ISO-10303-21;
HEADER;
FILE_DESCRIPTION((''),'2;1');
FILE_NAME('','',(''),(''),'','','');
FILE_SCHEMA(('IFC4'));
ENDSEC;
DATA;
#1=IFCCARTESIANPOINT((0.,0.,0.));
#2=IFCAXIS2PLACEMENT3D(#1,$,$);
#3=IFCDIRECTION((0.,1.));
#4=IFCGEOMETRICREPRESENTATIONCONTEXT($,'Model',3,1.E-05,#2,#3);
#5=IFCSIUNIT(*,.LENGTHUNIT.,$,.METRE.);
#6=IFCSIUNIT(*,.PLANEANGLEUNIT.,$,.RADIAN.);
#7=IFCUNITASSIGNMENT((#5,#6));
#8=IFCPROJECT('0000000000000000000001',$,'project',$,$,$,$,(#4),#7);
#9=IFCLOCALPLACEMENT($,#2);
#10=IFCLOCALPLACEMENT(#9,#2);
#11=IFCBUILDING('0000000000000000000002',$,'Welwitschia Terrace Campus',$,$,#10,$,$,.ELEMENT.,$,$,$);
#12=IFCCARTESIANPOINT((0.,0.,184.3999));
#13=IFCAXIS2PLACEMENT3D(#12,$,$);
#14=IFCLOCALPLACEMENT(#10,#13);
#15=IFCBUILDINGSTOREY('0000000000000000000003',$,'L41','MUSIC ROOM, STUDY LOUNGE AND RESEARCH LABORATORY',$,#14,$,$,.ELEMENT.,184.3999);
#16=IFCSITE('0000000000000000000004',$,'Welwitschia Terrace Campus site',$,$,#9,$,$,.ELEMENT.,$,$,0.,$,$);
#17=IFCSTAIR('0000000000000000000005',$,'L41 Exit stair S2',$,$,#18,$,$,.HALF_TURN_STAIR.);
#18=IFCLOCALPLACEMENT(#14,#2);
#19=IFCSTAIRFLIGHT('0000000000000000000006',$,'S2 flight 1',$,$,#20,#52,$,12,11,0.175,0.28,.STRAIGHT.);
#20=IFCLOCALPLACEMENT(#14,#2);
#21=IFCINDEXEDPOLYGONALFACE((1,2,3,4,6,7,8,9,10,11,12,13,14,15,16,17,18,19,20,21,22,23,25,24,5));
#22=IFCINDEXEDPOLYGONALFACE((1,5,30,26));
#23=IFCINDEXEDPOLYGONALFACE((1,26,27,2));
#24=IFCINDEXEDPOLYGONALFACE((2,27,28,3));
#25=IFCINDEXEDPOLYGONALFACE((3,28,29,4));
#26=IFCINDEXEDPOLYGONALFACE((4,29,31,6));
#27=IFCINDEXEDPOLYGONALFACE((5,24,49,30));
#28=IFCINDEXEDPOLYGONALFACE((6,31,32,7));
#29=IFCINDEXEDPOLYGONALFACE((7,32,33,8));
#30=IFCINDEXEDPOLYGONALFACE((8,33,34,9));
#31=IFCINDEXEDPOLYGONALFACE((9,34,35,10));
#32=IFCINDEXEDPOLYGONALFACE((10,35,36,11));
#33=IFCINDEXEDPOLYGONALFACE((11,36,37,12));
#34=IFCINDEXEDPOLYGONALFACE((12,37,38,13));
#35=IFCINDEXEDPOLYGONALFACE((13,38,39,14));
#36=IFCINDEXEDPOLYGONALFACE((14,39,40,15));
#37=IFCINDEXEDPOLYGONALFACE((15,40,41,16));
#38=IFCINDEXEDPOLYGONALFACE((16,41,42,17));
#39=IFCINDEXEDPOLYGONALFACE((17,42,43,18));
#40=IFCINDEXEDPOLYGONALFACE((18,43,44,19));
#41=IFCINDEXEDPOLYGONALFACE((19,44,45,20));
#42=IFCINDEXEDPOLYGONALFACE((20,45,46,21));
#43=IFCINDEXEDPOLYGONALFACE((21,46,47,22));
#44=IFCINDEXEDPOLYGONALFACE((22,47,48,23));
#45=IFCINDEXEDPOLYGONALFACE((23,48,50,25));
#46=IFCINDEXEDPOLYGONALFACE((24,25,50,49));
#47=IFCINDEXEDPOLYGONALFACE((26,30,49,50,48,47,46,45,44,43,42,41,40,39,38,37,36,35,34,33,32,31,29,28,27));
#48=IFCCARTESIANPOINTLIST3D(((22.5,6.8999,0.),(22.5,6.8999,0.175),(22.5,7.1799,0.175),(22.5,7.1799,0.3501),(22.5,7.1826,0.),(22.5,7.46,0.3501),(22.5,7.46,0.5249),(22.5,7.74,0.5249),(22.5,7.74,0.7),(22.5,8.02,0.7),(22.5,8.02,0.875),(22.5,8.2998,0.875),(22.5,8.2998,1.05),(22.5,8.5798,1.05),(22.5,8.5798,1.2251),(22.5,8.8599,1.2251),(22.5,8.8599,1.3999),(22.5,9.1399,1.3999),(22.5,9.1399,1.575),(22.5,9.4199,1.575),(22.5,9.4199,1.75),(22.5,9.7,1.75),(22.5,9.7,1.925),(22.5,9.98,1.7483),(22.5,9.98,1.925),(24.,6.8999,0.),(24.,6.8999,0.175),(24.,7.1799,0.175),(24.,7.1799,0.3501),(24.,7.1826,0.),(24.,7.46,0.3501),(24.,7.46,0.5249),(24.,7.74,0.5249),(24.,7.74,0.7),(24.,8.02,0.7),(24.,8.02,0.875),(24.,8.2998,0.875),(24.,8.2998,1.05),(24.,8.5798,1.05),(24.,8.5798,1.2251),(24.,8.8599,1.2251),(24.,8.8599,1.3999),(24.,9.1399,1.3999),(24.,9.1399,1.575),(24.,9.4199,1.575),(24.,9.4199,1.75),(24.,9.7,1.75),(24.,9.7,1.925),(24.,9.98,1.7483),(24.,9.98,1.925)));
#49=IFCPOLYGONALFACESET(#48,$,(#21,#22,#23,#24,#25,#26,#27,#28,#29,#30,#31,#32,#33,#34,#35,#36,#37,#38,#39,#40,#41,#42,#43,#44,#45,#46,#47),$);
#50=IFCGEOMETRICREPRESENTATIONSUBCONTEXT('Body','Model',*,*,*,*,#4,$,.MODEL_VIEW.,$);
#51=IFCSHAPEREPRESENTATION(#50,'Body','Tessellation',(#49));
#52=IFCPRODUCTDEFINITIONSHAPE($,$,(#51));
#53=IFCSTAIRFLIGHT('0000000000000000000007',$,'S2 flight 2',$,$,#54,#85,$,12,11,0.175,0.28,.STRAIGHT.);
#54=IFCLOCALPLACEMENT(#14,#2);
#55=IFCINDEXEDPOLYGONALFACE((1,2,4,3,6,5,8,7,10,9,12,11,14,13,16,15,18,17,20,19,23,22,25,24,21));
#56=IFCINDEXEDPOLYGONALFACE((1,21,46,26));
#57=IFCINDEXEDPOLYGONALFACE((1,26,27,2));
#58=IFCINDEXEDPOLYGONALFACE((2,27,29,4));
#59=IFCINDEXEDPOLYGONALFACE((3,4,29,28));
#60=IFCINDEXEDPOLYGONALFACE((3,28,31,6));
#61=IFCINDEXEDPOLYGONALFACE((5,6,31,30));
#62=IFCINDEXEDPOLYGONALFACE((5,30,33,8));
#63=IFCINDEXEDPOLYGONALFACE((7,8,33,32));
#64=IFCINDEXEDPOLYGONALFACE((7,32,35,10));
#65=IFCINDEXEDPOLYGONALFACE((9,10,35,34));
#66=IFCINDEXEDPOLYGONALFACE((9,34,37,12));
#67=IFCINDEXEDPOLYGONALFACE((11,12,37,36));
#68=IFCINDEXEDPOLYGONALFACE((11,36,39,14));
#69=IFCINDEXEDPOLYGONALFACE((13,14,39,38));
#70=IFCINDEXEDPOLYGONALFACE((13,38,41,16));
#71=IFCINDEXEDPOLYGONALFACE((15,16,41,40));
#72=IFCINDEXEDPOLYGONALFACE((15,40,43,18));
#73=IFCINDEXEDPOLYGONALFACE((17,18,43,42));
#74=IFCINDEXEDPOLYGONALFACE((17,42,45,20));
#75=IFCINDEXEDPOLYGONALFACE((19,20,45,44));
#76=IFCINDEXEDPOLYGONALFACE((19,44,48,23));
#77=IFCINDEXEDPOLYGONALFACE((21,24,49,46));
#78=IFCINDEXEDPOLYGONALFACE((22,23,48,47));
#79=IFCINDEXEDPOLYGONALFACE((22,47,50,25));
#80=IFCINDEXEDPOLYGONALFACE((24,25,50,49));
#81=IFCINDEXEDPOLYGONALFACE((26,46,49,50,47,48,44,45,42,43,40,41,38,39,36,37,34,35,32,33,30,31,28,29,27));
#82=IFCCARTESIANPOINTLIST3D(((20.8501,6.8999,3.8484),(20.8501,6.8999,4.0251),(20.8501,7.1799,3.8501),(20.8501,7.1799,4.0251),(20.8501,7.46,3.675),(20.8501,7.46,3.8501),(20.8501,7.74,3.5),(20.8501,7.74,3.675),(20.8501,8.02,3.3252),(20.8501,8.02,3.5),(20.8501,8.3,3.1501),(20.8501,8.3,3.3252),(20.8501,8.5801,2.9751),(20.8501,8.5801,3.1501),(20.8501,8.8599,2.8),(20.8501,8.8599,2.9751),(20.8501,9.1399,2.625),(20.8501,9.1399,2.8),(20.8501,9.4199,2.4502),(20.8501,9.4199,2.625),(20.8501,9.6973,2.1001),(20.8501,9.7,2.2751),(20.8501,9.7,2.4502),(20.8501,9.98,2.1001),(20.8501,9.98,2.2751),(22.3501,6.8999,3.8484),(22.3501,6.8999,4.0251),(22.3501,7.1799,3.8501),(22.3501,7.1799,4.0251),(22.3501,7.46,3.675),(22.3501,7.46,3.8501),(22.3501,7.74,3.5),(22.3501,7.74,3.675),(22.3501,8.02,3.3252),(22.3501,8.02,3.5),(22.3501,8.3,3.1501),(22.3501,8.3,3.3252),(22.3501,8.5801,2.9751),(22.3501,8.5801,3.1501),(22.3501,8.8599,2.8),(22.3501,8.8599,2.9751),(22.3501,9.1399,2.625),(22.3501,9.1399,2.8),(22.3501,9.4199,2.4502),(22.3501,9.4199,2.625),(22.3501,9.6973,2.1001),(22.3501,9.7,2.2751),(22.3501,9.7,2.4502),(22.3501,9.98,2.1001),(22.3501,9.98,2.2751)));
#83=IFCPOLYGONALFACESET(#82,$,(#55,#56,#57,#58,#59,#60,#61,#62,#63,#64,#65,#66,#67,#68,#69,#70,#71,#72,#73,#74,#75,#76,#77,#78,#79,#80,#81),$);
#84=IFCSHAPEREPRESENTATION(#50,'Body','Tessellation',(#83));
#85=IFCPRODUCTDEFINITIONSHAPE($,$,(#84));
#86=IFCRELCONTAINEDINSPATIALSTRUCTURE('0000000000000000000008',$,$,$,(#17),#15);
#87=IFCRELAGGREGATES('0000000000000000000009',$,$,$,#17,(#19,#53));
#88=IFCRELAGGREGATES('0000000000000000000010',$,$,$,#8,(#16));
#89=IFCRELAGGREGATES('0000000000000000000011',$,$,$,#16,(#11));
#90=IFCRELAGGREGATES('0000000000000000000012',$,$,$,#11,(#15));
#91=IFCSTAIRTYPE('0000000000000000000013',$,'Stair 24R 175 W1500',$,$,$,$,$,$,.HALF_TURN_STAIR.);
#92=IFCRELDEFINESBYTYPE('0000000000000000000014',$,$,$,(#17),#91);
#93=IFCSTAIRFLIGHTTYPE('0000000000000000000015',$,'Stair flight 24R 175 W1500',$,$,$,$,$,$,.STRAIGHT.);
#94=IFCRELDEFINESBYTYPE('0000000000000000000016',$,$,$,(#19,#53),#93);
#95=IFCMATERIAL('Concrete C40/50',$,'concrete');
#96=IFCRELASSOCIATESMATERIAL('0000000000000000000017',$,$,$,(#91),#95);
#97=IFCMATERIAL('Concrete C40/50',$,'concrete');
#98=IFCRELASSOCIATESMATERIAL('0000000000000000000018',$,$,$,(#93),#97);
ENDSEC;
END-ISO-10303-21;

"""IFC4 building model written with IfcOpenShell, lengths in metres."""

from ifc_helpers import new_model, si_unit, direction, frame, origin, place, context, subcontext, project, spatial, polyline, outline, extrude, material, type_object, element, aggregate, save


model = new_model("IFC4")

# Units and contexts
model_context = context("Model", 3, precision=1e-05, world=origin(), true_north=direction((0.0, 1.0)))
body_context = subcontext(model_context, "Body", "Model", "MODEL_VIEW")
ifc_project = project(units=[si_unit("LENGTHUNIT", "METRE"), si_unit("PLANEANGLEUNIT", "RADIAN")], contexts=[model_context])

# Site, building, storey
site_placement = place(None, origin())
site = spatial("IfcSite", under=ifc_project, at=site_placement, Name="Welwitschia Terrace Campus site", CompositionType="ELEMENT", RefElevation=0.0)
building_placement = place(site_placement, origin())
building = spatial("IfcBuilding", under=site, at=building_placement, Name="Welwitschia Terrace Campus", CompositionType="ELEMENT")
storey_placement = place(building_placement, frame((0.0, 0.0, 184.3999)))
storey = spatial("IfcBuildingStorey", under=building, at=storey_placement, Name="L41", Description="MUSIC ROOM, STUDY LOUNGE AND RESEARCH LABORATORY", CompositionType="ELEMENT", Elevation=184.3999)

# Stair, stair flights
ifc_material_1 = material(Name="Concrete C40/50", Category="concrete")
stair_type = type_object("IfcStairType", Name="Stair 24R 175 W1500", PredefinedType="HALF_TURN_STAIR", material=ifc_material_1)
stair_placement = place(storey_placement, origin())
stair = element("IfcStair", 1, at=stair_placement, inside=storey, type_object=stair_type, Name="L41 Exit stair S2", PredefinedType="HALF_TURN_STAIR")
ifc_material_2 = material(Name="Concrete C40/50", Category="concrete")
stair_flight_type = type_object("IfcStairFlightType", Name="Stair flight 24R 175 W1500", PredefinedType="STRAIGHT", material=ifc_material_2)
stair_flight_1_placement = place(storey_placement, frame((23.25, 6.8999, 0.0), z_axis=(0.0, 0.0, 1.0), x_axis=(0.0, 1.0, 0.0)))
stair_flight_1 = element("IfcStairFlight", 2, at=stair_flight_1_placement, type_object=stair_flight_type, Name="S2 flight 1", NumberOfRisers=12, NumberOfTreads=11, PredefinedType="STRAIGHT", RiserHeight=0.175, TreadLength=0.28, context=body_context, shape_type="SweptSolid", body=[
    extrude(outline(polyline([(0.0, 0.0), (0.0, 0.175), (0.28, 0.175), (0.28, 0.3501), (0.5601, 0.3501), (0.5601, 0.5249), (0.8401, 0.5249), (0.8401, 0.7), (1.1201, 0.7), (1.1201, 0.875), (1.3999, 0.875), (1.3999, 1.05), (1.6799, 1.05), (1.6799, 1.2251), (1.96, 1.2251), (1.96, 1.3999), (2.24, 1.3999), (2.24, 1.575), (2.52, 1.575), (2.52, 1.75), (2.8, 1.75), (2.8, 1.925), (3.0801, 1.925), (3.0801, 2.1001), (3.0801, 1.7483), (0.2827, 0.0), (0.0, 0.0)])), frame((0.0, 0.75, 0.0), z_axis=(0.0, -1.0, 0.0), x_axis=(1.0, 0.0, 0.0)), (0.0, 0.0, 1.0), 1.5),
])
stair_flight_2_placement = place(storey_placement, frame((21.6001, 9.98, 2.1001), z_axis=(0.0, 0.0, 1.0), x_axis=(0.0, -1.0, 0.0)))
stair_flight_2 = element("IfcStairFlight", 3, at=stair_flight_2_placement, type_object=stair_flight_type, Name="S2 flight 2", NumberOfRisers=12, NumberOfTreads=11, PredefinedType="STRAIGHT", RiserHeight=0.175, TreadLength=0.28, context=body_context, shape_type="SweptSolid", body=[
    extrude(outline(polyline([(0.0, 0.0), (0.0, 0.175), (0.28, 0.175), (0.28, 0.3501), (0.5601, 0.3501), (0.5601, 0.5249), (0.8401, 0.5249), (0.8401, 0.7), (1.1201, 0.7), (1.1201, 0.875), (1.3999, 0.875), (1.3999, 1.05), (1.6799, 1.05), (1.6799, 1.2251), (1.96, 1.2251), (1.96, 1.3999), (2.24, 1.3999), (2.24, 1.575), (2.52, 1.575), (2.52, 1.75), (2.8, 1.75), (2.8, 1.925), (3.0801, 1.925), (3.0801, 2.1001), (3.0801, 1.7483), (0.2827, 0.0), (0.0, 0.0)])), frame((0.0, 0.75, 0.0), z_axis=(0.0, -1.0, 0.0), x_axis=(1.0, 0.0, 0.0)), (0.0, 0.0, 1.0), 1.5),
])
aggregate(stair, [stair_flight_1, stair_flight_2])

save(model, "model.ifc")
